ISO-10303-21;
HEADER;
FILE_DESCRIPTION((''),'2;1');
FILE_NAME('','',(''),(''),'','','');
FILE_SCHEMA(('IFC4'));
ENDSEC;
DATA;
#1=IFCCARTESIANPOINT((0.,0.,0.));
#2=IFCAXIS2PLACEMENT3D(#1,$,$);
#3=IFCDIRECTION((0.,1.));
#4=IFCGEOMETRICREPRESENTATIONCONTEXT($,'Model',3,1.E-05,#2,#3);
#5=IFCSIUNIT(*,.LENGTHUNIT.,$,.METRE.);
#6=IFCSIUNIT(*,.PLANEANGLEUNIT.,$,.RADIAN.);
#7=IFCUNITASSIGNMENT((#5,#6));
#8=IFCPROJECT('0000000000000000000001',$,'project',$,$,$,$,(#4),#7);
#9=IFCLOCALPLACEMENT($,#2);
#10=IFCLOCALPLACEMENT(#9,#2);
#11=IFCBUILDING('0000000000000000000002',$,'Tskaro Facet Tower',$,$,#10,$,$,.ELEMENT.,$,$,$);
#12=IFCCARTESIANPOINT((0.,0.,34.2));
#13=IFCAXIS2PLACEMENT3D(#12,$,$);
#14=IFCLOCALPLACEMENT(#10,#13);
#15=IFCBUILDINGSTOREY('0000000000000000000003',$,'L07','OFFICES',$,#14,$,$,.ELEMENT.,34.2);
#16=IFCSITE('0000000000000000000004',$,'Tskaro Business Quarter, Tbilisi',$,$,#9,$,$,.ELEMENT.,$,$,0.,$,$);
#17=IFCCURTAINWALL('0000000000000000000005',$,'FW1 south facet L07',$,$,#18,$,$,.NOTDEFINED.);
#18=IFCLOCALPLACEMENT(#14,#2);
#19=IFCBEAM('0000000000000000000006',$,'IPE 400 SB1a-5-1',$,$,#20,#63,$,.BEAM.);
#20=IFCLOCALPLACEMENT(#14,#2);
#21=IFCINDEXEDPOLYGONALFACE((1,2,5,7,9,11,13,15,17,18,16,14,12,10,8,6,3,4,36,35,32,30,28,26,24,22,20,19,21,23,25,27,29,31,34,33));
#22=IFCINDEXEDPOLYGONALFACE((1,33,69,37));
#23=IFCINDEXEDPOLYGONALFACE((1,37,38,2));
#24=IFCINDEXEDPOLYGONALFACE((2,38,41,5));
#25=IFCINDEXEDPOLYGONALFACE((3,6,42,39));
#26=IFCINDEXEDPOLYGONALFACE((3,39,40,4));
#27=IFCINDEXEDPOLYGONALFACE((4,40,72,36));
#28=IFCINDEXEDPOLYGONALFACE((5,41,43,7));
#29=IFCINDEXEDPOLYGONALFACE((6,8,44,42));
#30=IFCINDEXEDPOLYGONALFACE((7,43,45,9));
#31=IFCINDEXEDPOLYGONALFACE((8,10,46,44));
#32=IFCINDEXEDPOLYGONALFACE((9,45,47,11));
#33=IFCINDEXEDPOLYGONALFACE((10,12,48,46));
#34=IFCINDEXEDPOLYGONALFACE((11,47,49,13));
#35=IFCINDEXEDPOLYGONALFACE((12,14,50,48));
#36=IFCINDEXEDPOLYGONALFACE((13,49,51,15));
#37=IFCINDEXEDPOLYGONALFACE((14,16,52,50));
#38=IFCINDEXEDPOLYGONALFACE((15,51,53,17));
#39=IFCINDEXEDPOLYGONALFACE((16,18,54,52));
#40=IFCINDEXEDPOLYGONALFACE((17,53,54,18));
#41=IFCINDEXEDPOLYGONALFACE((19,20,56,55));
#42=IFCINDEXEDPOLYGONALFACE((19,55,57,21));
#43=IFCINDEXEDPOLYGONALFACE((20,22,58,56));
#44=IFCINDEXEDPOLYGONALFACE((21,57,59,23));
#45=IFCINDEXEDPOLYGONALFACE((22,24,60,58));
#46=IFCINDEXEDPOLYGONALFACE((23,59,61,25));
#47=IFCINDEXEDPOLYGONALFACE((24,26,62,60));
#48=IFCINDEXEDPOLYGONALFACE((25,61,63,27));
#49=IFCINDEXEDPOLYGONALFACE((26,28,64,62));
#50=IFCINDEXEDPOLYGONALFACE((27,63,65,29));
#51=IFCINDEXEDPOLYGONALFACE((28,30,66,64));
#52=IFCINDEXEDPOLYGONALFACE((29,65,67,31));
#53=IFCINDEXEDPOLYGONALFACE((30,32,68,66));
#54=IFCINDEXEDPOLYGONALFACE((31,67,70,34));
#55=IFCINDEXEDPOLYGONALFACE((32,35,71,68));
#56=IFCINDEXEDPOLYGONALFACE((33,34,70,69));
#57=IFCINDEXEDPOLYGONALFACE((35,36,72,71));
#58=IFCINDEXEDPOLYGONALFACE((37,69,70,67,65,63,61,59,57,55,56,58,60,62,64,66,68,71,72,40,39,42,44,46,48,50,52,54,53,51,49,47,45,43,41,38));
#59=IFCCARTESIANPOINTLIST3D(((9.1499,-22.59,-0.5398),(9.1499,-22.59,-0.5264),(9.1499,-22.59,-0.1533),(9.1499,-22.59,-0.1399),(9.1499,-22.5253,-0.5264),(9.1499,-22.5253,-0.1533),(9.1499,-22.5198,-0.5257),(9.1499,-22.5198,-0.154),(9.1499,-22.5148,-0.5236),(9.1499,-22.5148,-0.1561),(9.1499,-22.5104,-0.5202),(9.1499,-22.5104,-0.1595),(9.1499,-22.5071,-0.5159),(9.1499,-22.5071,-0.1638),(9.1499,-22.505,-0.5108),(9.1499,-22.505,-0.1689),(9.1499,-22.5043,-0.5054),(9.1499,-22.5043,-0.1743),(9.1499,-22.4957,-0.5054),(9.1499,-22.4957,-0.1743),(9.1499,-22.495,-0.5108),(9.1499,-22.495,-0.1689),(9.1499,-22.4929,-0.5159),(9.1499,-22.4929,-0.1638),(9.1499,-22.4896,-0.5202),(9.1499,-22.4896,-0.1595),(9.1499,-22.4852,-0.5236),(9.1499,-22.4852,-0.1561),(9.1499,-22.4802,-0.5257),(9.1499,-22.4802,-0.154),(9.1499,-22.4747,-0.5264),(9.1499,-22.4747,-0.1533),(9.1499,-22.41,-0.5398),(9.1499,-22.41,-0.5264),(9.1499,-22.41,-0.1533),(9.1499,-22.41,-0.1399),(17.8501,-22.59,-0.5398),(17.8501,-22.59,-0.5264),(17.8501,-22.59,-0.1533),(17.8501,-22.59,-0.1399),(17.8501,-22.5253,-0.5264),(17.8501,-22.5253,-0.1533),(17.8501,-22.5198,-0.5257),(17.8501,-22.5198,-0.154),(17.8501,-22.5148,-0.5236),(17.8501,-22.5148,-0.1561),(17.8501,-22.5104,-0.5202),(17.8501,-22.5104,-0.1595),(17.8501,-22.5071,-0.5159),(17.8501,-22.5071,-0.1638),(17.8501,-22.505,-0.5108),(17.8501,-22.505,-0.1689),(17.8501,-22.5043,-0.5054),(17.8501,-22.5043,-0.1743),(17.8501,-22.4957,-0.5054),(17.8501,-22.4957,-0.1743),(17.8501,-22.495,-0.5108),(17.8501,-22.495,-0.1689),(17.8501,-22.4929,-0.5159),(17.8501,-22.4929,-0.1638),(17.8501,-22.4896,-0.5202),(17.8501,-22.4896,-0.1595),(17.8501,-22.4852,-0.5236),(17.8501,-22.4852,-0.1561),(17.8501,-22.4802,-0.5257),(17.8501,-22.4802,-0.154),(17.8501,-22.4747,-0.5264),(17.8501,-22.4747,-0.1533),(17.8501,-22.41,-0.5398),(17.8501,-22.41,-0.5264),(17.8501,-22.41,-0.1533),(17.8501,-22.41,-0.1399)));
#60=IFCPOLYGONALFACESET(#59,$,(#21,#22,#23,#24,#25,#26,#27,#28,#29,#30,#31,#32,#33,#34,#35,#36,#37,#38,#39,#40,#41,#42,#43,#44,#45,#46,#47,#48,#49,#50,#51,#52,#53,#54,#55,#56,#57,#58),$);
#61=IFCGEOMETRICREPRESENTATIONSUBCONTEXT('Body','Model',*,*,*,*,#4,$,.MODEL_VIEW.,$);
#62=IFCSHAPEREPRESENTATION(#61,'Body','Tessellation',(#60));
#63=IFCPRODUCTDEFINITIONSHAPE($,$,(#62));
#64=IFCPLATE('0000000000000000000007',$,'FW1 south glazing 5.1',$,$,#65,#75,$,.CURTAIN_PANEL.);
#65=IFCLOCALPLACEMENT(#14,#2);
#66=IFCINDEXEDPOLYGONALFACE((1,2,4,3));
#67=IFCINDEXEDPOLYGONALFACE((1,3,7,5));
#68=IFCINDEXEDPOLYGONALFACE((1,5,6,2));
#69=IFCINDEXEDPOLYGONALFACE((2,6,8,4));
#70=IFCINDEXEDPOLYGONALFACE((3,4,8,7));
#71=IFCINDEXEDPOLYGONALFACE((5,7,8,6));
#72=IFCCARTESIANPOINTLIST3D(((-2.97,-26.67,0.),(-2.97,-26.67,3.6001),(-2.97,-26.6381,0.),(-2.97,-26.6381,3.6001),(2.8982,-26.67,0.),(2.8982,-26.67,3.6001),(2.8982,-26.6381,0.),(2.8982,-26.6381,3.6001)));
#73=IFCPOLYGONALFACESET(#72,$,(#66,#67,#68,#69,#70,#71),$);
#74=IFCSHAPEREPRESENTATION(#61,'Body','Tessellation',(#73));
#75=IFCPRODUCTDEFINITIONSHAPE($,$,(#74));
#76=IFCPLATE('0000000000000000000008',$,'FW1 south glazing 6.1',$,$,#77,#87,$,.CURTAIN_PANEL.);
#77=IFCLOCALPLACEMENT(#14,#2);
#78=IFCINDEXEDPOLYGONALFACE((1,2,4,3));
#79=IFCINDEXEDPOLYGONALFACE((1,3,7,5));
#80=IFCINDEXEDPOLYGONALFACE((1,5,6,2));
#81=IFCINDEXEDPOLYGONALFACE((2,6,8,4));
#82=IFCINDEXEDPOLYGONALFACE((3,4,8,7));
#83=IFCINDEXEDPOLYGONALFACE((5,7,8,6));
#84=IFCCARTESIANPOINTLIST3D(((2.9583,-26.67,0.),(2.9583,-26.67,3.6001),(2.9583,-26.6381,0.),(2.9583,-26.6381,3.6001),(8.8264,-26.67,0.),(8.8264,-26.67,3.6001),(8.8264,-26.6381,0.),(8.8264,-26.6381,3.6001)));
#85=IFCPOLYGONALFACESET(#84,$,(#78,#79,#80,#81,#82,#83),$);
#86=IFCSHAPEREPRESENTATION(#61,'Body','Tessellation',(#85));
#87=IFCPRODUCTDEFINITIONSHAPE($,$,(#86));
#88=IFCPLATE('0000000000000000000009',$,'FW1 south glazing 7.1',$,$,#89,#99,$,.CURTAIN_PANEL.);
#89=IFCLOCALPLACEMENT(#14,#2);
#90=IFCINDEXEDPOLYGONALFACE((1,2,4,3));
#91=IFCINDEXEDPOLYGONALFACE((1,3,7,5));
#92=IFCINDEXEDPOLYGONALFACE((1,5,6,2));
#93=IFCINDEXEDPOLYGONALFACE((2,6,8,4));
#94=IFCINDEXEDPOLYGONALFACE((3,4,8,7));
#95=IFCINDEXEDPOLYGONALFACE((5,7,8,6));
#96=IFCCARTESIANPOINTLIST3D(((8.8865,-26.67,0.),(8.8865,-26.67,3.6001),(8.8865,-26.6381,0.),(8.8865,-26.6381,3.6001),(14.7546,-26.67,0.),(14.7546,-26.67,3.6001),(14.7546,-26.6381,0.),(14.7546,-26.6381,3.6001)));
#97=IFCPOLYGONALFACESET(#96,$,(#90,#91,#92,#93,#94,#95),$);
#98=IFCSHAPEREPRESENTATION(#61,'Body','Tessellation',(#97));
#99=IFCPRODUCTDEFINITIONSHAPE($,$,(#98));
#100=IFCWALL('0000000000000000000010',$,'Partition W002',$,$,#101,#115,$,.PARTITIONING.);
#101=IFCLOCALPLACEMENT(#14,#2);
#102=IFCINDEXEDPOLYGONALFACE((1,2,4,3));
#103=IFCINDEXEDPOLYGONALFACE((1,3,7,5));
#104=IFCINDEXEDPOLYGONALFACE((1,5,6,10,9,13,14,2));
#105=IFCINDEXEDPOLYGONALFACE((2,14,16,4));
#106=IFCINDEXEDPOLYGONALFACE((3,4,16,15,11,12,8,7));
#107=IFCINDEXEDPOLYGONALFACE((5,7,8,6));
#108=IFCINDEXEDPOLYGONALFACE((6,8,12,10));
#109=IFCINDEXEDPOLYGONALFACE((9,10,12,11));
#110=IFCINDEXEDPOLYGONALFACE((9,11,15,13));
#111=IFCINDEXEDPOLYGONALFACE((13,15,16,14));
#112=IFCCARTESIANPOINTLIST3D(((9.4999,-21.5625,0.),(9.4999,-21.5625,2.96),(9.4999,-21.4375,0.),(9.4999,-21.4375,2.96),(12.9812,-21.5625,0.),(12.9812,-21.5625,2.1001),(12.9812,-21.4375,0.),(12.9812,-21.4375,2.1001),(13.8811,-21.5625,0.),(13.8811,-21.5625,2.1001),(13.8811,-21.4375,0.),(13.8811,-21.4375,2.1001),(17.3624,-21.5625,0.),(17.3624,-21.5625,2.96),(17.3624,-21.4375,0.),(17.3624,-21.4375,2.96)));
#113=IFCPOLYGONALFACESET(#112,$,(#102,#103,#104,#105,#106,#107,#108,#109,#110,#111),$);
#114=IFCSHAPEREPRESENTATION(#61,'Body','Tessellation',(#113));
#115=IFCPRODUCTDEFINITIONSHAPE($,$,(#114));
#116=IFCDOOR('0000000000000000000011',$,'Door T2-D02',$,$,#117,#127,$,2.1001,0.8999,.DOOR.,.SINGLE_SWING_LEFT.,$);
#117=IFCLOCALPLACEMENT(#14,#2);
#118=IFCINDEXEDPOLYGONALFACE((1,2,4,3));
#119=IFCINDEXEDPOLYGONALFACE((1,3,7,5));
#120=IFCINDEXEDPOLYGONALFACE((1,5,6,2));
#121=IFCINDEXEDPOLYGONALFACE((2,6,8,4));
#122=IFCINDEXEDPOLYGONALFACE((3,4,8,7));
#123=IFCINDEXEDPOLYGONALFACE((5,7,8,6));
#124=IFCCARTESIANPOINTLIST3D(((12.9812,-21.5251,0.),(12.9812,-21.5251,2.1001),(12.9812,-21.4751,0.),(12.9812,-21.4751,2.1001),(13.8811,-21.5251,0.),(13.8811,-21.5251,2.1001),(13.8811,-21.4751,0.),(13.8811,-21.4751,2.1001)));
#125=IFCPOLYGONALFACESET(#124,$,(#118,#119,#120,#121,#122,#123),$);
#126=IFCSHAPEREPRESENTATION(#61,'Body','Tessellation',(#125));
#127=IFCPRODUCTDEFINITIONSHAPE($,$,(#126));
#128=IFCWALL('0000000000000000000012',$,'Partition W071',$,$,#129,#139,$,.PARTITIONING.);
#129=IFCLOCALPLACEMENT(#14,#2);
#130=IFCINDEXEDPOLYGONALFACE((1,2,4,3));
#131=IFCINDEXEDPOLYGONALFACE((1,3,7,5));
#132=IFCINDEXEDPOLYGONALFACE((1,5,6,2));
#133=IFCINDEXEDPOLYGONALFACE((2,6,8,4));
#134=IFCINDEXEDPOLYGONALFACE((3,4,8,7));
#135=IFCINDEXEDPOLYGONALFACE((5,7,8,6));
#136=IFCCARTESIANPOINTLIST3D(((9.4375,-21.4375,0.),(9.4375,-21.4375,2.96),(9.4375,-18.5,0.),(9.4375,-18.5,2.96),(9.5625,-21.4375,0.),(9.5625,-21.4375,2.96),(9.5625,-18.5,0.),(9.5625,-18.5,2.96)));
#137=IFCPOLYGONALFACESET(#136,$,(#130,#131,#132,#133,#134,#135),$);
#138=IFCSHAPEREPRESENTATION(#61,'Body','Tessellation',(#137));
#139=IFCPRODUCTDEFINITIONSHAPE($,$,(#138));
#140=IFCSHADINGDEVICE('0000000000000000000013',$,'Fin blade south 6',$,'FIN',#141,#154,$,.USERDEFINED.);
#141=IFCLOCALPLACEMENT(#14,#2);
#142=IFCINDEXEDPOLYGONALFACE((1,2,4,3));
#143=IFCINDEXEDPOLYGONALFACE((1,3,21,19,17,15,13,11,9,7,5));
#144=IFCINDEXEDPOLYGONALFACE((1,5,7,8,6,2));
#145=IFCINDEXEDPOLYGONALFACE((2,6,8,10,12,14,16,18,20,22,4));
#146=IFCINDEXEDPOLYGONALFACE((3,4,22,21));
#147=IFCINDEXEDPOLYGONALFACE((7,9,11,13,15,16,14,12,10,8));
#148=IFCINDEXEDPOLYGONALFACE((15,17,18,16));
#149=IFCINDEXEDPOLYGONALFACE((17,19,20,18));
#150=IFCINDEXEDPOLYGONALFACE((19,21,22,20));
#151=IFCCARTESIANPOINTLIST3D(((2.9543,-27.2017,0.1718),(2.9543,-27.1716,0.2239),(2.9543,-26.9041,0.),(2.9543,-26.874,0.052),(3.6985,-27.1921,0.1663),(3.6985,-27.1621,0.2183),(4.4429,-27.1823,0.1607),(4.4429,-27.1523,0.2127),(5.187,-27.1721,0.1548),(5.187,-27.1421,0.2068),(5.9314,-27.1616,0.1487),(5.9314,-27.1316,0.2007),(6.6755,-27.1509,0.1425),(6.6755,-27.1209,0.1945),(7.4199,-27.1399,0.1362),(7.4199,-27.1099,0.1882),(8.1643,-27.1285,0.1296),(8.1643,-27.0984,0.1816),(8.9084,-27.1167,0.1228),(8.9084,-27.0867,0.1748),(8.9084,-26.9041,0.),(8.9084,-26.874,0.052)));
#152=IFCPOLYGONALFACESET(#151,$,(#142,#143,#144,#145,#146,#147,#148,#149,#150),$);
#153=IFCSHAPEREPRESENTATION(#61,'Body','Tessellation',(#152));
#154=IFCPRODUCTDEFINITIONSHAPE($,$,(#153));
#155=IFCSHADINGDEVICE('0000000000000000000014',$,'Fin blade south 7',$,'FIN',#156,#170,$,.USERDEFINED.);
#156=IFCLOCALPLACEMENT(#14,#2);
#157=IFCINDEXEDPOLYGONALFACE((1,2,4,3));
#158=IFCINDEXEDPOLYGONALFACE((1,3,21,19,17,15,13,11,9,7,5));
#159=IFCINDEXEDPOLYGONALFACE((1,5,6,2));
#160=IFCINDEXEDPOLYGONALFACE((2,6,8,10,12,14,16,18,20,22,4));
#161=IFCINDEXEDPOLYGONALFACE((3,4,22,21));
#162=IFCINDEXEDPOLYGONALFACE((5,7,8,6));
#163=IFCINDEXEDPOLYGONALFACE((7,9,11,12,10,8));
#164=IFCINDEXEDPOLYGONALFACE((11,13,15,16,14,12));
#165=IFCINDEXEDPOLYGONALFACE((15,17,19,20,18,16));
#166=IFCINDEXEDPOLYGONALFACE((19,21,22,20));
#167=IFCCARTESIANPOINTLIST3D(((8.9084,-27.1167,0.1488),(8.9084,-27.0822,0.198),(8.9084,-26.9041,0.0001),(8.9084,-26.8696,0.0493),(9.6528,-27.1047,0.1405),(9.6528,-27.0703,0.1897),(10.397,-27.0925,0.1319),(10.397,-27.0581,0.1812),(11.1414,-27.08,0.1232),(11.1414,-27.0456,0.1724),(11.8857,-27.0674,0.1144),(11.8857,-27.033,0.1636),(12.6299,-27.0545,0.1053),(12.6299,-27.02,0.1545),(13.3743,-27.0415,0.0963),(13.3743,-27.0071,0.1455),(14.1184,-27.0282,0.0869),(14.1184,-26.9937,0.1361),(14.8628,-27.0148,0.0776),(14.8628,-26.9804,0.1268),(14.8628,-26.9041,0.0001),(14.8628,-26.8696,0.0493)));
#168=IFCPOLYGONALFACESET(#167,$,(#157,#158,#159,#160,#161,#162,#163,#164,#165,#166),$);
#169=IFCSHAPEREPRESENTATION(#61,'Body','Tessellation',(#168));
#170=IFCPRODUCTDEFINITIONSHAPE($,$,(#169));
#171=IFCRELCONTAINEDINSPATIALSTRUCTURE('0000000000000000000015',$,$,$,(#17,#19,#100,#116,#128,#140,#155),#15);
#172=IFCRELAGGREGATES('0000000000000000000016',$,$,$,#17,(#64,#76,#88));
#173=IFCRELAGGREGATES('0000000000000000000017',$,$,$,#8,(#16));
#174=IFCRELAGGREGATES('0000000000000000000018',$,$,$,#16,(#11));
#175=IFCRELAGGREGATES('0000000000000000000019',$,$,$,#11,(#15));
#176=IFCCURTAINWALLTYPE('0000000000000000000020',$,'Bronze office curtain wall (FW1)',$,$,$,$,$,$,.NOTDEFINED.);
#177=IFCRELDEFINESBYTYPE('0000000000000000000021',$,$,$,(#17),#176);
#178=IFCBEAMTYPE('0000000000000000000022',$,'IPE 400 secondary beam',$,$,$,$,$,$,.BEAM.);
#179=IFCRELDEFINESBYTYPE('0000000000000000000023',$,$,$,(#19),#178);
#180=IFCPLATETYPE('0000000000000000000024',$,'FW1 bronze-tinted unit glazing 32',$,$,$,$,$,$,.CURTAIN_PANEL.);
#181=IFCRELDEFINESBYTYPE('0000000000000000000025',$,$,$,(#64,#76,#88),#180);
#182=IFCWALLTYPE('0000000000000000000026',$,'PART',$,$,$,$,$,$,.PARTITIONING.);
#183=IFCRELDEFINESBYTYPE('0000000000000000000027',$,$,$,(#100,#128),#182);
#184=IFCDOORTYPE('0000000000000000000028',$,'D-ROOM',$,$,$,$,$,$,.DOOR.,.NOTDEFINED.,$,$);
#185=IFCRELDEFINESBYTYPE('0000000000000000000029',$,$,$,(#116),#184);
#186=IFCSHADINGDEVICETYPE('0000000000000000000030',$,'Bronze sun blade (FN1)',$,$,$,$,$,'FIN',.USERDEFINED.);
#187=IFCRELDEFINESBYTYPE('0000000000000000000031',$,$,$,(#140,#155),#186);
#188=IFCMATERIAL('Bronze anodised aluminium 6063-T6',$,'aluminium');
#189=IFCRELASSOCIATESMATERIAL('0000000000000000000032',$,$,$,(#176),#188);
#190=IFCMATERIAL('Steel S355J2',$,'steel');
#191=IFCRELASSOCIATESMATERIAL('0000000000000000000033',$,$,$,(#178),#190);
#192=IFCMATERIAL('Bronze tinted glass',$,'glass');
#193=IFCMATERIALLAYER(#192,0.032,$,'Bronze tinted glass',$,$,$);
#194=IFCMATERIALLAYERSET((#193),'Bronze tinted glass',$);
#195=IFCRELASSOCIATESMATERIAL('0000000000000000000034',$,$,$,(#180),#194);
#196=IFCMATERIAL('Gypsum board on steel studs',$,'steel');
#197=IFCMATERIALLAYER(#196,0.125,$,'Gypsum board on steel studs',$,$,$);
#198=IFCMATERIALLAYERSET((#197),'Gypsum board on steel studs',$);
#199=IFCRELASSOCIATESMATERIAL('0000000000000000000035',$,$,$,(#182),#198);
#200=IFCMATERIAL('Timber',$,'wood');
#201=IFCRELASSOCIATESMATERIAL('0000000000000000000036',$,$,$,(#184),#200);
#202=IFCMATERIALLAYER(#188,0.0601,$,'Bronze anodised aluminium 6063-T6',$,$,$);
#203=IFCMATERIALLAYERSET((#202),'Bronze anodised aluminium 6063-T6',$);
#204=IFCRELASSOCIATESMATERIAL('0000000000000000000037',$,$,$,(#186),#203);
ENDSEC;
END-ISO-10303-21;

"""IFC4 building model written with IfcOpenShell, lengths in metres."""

from ifc_helpers import new_model, si_unit, direction, frame, frame_2d, origin, origin_2d, place, context, subcontext, project, spatial, polyline, rectangle, i_section, outline, extrude, material, layer, layer_set, material_profile, profile_set, type_object, element, fill, aggregate, save


model = new_model("IFC4")

# Units and contexts
model_context = context("Model", 3, precision=1e-05, world=origin(), true_north=direction((0.0, 1.0)))
body_context = subcontext(model_context, "Body", "Model", "MODEL_VIEW")
ifc_project = project(units=[si_unit("LENGTHUNIT", "METRE"), si_unit("PLANEANGLEUNIT", "RADIAN")], contexts=[model_context])

# Site, building, storey
site_placement = place(None, origin())
site = spatial("IfcSite", under=ifc_project, at=site_placement, Name="Tskaro Business Quarter, Tbilisi", CompositionType="ELEMENT", RefElevation=0.0)
building_placement = place(site_placement, origin())
building = spatial("IfcBuilding", under=site, at=building_placement, Name="Tskaro Facet Tower", CompositionType="ELEMENT")
storey_placement = place(building_placement, frame((0.0, 0.0, 34.2)))
storey = spatial("IfcBuildingStorey", under=building, at=storey_placement, Name="L07", Description="OFFICES", CompositionType="ELEMENT", Elevation=34.2)

# Curtain wall
ifc_material_1 = material(Name="Bronze anodised aluminium 6063-T6", Category="aluminium")
curtain_wall_type = type_object("IfcCurtainWallType", Name="Bronze office curtain wall (FW1)", PredefinedType="NOTDEFINED", material=ifc_material_1)
curtain_wall_placement = place(storey_placement, origin())
curtain_wall = element("IfcCurtainWall", 1, at=curtain_wall_placement, inside=storey, type_object=curtain_wall_type, Name="FW1 south facet L07", PredefinedType="NOTDEFINED")

# Beam
ifc_material_2 = material(Name="Steel S355J2", Category="steel")
ifc_material_profile_1 = material_profile(ifc_material_2, i_section(OverallWidth=0.1799, OverallDepth=0.3999, WebThickness=0.0085, FlangeThickness=0.0134, FilletRadius=0.021, at=origin_2d()), Name="IPE 400")
ifc_profile_set_1 = profile_set([ifc_material_profile_1], Name="Steel S355J2")
beam_type_1 = type_object("IfcBeamType", Name="IPE 400 secondary beam", PredefinedType="BEAM", material=ifc_profile_set_1)
for number, where, z_axis, x_axis, name in (
    (2, (9.1499, -22.5, -0.3398), (1.0, 0.0, 0.0), (0.0, 1.0, 0.0), "IPE 400 SB1a-5-1"),
):
    element("IfcBeam", number, at=place(storey_placement, frame(where, z_axis=z_axis, x_axis=x_axis)), inside=storey, type_object=beam_type_1, Name=name, PredefinedType="BEAM", context=body_context, shape_type="SweptSolid", body=[
        extrude(i_section(OverallWidth=0.1799, OverallDepth=0.3999, WebThickness=0.0085, FlangeThickness=0.0134, FilletRadius=0.021, at=origin_2d()), origin(), (0.0, 0.0, 1.0), 8.7002),
    ])

# Plates
ifc_material_3 = material(Name="Bronze tinted glass", Category="glass")
ifc_layer_1 = layer(ifc_material_3, 0.032, Name="Bronze tinted glass")
ifc_layer_set_1 = layer_set([ifc_layer_1], Name="Bronze tinted glass")
plate_type = type_object("IfcPlateType", Name="FW1 bronze-tinted unit glazing 32", PredefinedType="CURTAIN_PANEL", material=ifc_layer_set_1)
plate_1_placement = place(storey_placement, frame((-0.0359, -26.6541, 0.0), z_axis=(0.0, 0.0, 1.0), x_axis=(1.0, 0.0, 0.0)))
plate_1 = element("IfcPlate", 3, at=plate_1_placement, type_object=plate_type, Name="FW1 south glazing 5.1", PredefinedType="CURTAIN_PANEL", context=body_context, shape_type="SweptSolid", body=[
    extrude(rectangle(XDim=5.8682, YDim=0.032, at=origin_2d()), origin(), (0.0, 0.0, 1.0), 3.6001),
])
plate_2_placement = place(storey_placement, frame((5.8923, -26.6541, 0.0), z_axis=(0.0, 0.0, 1.0), x_axis=(1.0, 0.0, 0.0)))
plate_2 = element("IfcPlate", 4, at=plate_2_placement, type_object=plate_type, Name="FW1 south glazing 6.1", PredefinedType="CURTAIN_PANEL", context=body_context, shape_type="SweptSolid", body=[
    extrude(rectangle(XDim=5.8682, YDim=0.032, at=origin_2d()), origin(), (0.0, 0.0, 1.0), 3.6001),
])
plate_3_placement = place(storey_placement, frame((11.8206, -26.6541, 0.0), z_axis=(0.0, 0.0, 1.0), x_axis=(1.0, 0.0, 0.0)))
plate_3 = element("IfcPlate", 5, at=plate_3_placement, type_object=plate_type, Name="FW1 south glazing 7.1", PredefinedType="CURTAIN_PANEL", context=body_context, shape_type="SweptSolid", body=[
    extrude(rectangle(XDim=5.8682, YDim=0.032, at=origin_2d()), origin(), (0.0, 0.0, 1.0), 3.6001),
])
aggregate(curtain_wall, [plate_1, plate_2, plate_3])

# Wall, opening, door
ifc_material_4 = material(Name="Gypsum board on steel studs", Category="steel")
ifc_layer_2 = layer(ifc_material_4, 0.125, Name="Gypsum board on steel studs")
ifc_layer_set_2 = layer_set([ifc_layer_2], Name="Gypsum board on steel studs")
wall_type = type_object("IfcWallType", Name="PART", PredefinedType="PARTITIONING", material=ifc_layer_set_2)
wall_1_placement = place(storey_placement, frame((9.5, -21.5, 0.0), z_axis=(0.0, 0.0, 1.0), x_axis=(1.0, 0.0, 0.0)))
wall_1 = element("IfcWall", 6, at=wall_1_placement, inside=storey, type_object=wall_type, Name="Partition W002", PredefinedType="PARTITIONING", context=body_context, shape_type="SweptSolid", body=[
    extrude(rectangle(XDim=7.8625, YDim=0.125, at=frame_2d((3.9312, 0.0))), origin(), (0.0, 0.0, 1.0), 2.96),
])
opening_placement = place(wall_1_placement, frame((3.4812, 0.0, 0.0)))
opening = element("IfcOpeningElement", 7, at=opening_placement, cuts=wall_1, PredefinedType="OPENING", context=body_context, shape_type="SweptSolid", body=[
    extrude(rectangle(XDim=0.8999, YDim=2.1001, at=frame_2d((0.45, 1.05))), frame((0.0, 0.0725, 0.0), z_axis=(0.0, -1.0, 0.0), x_axis=(1.0, 0.0, 0.0)), (0.0, 0.0, 1.0), 0.145),
])
ifc_material_5 = material(Name="Timber", Category="wood")
door_type = type_object("IfcDoorType", Name="D-ROOM", OperationType="NOTDEFINED", PredefinedType="DOOR", material=ifc_material_5)
door_placement = place(opening_placement, origin())
door = element("IfcDoor", 8, at=door_placement, inside=storey, type_object=door_type, Name="Door T2-D02", OperationType="SINGLE_SWING_LEFT", OverallHeight=2.1001, OverallWidth=0.8999, PredefinedType="DOOR", context=body_context, shape_type="SweptSolid", body=[
    extrude(rectangle(XDim=0.8999, YDim=2.1001, at=frame_2d((0.45, 1.05))), frame((0.0, 0.0249, 0.0), z_axis=(0.0, -1.0, 0.0), x_axis=(1.0, 0.0, 0.0)), (0.0, 0.0, 1.0), 0.05),
])
fill(opening, door)

# Wall
wall_2_placement = place(storey_placement, frame((9.5, -21.4375, 0.0), z_axis=(0.0, 0.0, 1.0), x_axis=(0.0, 1.0, 0.0)))
element("IfcWall", 9, at=wall_2_placement, inside=storey, type_object=wall_type, Name="Partition W071", PredefinedType="PARTITIONING", context=body_context, shape_type="SweptSolid", body=[
    extrude(rectangle(XDim=2.9375, YDim=0.125, at=frame_2d((1.4688, 0.0))), origin(), (0.0, 0.0, 1.0), 2.96),
])

# Shading devices
ifc_layer_3 = layer(ifc_material_1, 0.0601, Name="Bronze anodised aluminium 6063-T6")
ifc_layer_set_3 = layer_set([ifc_layer_3], Name="Bronze anodised aluminium 6063-T6")
shading_device_type = type_object("IfcShadingDeviceType", Name="Bronze sun blade (FN1)", ElementType="FIN", PredefinedType="USERDEFINED", material=ifc_layer_set_3)
shading_device_1_placement = place(storey_placement, frame((2.9543, -26.874, 0.052), z_axis=(0.000001, 0.500052, 0.865995), x_axis=(1.0, -0.000001, -0.000001)))
element("IfcShadingDevice", 10, at=shading_device_1_placement, inside=storey, type_object=shading_device_type, Name="Fin blade south 6", ObjectType="FIN", PredefinedType="USERDEFINED", context=body_context, shape_type="SweptSolid", body=[
    extrude(outline(polyline([(0.0, 0.0), (5.9541, 0.0), (5.9541, -0.2456), (5.21, -0.2591), (4.4656, -0.2724), (3.7212, -0.285), (2.9771, -0.2974), (2.2327, -0.3095), (1.4885, -0.3214), (0.7441, -0.3326), (0.0, -0.3437), (0.0, 0.0)])), origin(), (0.0, 0.0, -1.0), 0.0601),
])
shading_device_2_placement = place(storey_placement, frame((8.9084, -26.8696, 0.0493), z_axis=(0.0, 0.57321, 0.819409), x_axis=(1.0, 0.0, 0.0)))
element("IfcShadingDevice", 11, at=shading_device_2_placement, inside=storey, type_object=shading_device_type, Name="Fin blade south 7", ObjectType="FIN", PredefinedType="USERDEFINED", context=body_context, shape_type="SweptSolid", body=[
    extrude(outline(polyline([(0.0, 0.0), (5.9543, 0.0), (5.9543, -0.1352), (5.21, -0.1514), (4.4658, -0.1678), (3.7214, -0.1835), (2.9773, -0.1993), (2.2329, -0.2148), (1.4885, -0.23), (0.7444, -0.2449), (0.0, -0.2595), (0.0, 0.0)])), origin(), (0.0, 0.0, -1.0), 0.0601),
])

save(model, "model.ifc")
